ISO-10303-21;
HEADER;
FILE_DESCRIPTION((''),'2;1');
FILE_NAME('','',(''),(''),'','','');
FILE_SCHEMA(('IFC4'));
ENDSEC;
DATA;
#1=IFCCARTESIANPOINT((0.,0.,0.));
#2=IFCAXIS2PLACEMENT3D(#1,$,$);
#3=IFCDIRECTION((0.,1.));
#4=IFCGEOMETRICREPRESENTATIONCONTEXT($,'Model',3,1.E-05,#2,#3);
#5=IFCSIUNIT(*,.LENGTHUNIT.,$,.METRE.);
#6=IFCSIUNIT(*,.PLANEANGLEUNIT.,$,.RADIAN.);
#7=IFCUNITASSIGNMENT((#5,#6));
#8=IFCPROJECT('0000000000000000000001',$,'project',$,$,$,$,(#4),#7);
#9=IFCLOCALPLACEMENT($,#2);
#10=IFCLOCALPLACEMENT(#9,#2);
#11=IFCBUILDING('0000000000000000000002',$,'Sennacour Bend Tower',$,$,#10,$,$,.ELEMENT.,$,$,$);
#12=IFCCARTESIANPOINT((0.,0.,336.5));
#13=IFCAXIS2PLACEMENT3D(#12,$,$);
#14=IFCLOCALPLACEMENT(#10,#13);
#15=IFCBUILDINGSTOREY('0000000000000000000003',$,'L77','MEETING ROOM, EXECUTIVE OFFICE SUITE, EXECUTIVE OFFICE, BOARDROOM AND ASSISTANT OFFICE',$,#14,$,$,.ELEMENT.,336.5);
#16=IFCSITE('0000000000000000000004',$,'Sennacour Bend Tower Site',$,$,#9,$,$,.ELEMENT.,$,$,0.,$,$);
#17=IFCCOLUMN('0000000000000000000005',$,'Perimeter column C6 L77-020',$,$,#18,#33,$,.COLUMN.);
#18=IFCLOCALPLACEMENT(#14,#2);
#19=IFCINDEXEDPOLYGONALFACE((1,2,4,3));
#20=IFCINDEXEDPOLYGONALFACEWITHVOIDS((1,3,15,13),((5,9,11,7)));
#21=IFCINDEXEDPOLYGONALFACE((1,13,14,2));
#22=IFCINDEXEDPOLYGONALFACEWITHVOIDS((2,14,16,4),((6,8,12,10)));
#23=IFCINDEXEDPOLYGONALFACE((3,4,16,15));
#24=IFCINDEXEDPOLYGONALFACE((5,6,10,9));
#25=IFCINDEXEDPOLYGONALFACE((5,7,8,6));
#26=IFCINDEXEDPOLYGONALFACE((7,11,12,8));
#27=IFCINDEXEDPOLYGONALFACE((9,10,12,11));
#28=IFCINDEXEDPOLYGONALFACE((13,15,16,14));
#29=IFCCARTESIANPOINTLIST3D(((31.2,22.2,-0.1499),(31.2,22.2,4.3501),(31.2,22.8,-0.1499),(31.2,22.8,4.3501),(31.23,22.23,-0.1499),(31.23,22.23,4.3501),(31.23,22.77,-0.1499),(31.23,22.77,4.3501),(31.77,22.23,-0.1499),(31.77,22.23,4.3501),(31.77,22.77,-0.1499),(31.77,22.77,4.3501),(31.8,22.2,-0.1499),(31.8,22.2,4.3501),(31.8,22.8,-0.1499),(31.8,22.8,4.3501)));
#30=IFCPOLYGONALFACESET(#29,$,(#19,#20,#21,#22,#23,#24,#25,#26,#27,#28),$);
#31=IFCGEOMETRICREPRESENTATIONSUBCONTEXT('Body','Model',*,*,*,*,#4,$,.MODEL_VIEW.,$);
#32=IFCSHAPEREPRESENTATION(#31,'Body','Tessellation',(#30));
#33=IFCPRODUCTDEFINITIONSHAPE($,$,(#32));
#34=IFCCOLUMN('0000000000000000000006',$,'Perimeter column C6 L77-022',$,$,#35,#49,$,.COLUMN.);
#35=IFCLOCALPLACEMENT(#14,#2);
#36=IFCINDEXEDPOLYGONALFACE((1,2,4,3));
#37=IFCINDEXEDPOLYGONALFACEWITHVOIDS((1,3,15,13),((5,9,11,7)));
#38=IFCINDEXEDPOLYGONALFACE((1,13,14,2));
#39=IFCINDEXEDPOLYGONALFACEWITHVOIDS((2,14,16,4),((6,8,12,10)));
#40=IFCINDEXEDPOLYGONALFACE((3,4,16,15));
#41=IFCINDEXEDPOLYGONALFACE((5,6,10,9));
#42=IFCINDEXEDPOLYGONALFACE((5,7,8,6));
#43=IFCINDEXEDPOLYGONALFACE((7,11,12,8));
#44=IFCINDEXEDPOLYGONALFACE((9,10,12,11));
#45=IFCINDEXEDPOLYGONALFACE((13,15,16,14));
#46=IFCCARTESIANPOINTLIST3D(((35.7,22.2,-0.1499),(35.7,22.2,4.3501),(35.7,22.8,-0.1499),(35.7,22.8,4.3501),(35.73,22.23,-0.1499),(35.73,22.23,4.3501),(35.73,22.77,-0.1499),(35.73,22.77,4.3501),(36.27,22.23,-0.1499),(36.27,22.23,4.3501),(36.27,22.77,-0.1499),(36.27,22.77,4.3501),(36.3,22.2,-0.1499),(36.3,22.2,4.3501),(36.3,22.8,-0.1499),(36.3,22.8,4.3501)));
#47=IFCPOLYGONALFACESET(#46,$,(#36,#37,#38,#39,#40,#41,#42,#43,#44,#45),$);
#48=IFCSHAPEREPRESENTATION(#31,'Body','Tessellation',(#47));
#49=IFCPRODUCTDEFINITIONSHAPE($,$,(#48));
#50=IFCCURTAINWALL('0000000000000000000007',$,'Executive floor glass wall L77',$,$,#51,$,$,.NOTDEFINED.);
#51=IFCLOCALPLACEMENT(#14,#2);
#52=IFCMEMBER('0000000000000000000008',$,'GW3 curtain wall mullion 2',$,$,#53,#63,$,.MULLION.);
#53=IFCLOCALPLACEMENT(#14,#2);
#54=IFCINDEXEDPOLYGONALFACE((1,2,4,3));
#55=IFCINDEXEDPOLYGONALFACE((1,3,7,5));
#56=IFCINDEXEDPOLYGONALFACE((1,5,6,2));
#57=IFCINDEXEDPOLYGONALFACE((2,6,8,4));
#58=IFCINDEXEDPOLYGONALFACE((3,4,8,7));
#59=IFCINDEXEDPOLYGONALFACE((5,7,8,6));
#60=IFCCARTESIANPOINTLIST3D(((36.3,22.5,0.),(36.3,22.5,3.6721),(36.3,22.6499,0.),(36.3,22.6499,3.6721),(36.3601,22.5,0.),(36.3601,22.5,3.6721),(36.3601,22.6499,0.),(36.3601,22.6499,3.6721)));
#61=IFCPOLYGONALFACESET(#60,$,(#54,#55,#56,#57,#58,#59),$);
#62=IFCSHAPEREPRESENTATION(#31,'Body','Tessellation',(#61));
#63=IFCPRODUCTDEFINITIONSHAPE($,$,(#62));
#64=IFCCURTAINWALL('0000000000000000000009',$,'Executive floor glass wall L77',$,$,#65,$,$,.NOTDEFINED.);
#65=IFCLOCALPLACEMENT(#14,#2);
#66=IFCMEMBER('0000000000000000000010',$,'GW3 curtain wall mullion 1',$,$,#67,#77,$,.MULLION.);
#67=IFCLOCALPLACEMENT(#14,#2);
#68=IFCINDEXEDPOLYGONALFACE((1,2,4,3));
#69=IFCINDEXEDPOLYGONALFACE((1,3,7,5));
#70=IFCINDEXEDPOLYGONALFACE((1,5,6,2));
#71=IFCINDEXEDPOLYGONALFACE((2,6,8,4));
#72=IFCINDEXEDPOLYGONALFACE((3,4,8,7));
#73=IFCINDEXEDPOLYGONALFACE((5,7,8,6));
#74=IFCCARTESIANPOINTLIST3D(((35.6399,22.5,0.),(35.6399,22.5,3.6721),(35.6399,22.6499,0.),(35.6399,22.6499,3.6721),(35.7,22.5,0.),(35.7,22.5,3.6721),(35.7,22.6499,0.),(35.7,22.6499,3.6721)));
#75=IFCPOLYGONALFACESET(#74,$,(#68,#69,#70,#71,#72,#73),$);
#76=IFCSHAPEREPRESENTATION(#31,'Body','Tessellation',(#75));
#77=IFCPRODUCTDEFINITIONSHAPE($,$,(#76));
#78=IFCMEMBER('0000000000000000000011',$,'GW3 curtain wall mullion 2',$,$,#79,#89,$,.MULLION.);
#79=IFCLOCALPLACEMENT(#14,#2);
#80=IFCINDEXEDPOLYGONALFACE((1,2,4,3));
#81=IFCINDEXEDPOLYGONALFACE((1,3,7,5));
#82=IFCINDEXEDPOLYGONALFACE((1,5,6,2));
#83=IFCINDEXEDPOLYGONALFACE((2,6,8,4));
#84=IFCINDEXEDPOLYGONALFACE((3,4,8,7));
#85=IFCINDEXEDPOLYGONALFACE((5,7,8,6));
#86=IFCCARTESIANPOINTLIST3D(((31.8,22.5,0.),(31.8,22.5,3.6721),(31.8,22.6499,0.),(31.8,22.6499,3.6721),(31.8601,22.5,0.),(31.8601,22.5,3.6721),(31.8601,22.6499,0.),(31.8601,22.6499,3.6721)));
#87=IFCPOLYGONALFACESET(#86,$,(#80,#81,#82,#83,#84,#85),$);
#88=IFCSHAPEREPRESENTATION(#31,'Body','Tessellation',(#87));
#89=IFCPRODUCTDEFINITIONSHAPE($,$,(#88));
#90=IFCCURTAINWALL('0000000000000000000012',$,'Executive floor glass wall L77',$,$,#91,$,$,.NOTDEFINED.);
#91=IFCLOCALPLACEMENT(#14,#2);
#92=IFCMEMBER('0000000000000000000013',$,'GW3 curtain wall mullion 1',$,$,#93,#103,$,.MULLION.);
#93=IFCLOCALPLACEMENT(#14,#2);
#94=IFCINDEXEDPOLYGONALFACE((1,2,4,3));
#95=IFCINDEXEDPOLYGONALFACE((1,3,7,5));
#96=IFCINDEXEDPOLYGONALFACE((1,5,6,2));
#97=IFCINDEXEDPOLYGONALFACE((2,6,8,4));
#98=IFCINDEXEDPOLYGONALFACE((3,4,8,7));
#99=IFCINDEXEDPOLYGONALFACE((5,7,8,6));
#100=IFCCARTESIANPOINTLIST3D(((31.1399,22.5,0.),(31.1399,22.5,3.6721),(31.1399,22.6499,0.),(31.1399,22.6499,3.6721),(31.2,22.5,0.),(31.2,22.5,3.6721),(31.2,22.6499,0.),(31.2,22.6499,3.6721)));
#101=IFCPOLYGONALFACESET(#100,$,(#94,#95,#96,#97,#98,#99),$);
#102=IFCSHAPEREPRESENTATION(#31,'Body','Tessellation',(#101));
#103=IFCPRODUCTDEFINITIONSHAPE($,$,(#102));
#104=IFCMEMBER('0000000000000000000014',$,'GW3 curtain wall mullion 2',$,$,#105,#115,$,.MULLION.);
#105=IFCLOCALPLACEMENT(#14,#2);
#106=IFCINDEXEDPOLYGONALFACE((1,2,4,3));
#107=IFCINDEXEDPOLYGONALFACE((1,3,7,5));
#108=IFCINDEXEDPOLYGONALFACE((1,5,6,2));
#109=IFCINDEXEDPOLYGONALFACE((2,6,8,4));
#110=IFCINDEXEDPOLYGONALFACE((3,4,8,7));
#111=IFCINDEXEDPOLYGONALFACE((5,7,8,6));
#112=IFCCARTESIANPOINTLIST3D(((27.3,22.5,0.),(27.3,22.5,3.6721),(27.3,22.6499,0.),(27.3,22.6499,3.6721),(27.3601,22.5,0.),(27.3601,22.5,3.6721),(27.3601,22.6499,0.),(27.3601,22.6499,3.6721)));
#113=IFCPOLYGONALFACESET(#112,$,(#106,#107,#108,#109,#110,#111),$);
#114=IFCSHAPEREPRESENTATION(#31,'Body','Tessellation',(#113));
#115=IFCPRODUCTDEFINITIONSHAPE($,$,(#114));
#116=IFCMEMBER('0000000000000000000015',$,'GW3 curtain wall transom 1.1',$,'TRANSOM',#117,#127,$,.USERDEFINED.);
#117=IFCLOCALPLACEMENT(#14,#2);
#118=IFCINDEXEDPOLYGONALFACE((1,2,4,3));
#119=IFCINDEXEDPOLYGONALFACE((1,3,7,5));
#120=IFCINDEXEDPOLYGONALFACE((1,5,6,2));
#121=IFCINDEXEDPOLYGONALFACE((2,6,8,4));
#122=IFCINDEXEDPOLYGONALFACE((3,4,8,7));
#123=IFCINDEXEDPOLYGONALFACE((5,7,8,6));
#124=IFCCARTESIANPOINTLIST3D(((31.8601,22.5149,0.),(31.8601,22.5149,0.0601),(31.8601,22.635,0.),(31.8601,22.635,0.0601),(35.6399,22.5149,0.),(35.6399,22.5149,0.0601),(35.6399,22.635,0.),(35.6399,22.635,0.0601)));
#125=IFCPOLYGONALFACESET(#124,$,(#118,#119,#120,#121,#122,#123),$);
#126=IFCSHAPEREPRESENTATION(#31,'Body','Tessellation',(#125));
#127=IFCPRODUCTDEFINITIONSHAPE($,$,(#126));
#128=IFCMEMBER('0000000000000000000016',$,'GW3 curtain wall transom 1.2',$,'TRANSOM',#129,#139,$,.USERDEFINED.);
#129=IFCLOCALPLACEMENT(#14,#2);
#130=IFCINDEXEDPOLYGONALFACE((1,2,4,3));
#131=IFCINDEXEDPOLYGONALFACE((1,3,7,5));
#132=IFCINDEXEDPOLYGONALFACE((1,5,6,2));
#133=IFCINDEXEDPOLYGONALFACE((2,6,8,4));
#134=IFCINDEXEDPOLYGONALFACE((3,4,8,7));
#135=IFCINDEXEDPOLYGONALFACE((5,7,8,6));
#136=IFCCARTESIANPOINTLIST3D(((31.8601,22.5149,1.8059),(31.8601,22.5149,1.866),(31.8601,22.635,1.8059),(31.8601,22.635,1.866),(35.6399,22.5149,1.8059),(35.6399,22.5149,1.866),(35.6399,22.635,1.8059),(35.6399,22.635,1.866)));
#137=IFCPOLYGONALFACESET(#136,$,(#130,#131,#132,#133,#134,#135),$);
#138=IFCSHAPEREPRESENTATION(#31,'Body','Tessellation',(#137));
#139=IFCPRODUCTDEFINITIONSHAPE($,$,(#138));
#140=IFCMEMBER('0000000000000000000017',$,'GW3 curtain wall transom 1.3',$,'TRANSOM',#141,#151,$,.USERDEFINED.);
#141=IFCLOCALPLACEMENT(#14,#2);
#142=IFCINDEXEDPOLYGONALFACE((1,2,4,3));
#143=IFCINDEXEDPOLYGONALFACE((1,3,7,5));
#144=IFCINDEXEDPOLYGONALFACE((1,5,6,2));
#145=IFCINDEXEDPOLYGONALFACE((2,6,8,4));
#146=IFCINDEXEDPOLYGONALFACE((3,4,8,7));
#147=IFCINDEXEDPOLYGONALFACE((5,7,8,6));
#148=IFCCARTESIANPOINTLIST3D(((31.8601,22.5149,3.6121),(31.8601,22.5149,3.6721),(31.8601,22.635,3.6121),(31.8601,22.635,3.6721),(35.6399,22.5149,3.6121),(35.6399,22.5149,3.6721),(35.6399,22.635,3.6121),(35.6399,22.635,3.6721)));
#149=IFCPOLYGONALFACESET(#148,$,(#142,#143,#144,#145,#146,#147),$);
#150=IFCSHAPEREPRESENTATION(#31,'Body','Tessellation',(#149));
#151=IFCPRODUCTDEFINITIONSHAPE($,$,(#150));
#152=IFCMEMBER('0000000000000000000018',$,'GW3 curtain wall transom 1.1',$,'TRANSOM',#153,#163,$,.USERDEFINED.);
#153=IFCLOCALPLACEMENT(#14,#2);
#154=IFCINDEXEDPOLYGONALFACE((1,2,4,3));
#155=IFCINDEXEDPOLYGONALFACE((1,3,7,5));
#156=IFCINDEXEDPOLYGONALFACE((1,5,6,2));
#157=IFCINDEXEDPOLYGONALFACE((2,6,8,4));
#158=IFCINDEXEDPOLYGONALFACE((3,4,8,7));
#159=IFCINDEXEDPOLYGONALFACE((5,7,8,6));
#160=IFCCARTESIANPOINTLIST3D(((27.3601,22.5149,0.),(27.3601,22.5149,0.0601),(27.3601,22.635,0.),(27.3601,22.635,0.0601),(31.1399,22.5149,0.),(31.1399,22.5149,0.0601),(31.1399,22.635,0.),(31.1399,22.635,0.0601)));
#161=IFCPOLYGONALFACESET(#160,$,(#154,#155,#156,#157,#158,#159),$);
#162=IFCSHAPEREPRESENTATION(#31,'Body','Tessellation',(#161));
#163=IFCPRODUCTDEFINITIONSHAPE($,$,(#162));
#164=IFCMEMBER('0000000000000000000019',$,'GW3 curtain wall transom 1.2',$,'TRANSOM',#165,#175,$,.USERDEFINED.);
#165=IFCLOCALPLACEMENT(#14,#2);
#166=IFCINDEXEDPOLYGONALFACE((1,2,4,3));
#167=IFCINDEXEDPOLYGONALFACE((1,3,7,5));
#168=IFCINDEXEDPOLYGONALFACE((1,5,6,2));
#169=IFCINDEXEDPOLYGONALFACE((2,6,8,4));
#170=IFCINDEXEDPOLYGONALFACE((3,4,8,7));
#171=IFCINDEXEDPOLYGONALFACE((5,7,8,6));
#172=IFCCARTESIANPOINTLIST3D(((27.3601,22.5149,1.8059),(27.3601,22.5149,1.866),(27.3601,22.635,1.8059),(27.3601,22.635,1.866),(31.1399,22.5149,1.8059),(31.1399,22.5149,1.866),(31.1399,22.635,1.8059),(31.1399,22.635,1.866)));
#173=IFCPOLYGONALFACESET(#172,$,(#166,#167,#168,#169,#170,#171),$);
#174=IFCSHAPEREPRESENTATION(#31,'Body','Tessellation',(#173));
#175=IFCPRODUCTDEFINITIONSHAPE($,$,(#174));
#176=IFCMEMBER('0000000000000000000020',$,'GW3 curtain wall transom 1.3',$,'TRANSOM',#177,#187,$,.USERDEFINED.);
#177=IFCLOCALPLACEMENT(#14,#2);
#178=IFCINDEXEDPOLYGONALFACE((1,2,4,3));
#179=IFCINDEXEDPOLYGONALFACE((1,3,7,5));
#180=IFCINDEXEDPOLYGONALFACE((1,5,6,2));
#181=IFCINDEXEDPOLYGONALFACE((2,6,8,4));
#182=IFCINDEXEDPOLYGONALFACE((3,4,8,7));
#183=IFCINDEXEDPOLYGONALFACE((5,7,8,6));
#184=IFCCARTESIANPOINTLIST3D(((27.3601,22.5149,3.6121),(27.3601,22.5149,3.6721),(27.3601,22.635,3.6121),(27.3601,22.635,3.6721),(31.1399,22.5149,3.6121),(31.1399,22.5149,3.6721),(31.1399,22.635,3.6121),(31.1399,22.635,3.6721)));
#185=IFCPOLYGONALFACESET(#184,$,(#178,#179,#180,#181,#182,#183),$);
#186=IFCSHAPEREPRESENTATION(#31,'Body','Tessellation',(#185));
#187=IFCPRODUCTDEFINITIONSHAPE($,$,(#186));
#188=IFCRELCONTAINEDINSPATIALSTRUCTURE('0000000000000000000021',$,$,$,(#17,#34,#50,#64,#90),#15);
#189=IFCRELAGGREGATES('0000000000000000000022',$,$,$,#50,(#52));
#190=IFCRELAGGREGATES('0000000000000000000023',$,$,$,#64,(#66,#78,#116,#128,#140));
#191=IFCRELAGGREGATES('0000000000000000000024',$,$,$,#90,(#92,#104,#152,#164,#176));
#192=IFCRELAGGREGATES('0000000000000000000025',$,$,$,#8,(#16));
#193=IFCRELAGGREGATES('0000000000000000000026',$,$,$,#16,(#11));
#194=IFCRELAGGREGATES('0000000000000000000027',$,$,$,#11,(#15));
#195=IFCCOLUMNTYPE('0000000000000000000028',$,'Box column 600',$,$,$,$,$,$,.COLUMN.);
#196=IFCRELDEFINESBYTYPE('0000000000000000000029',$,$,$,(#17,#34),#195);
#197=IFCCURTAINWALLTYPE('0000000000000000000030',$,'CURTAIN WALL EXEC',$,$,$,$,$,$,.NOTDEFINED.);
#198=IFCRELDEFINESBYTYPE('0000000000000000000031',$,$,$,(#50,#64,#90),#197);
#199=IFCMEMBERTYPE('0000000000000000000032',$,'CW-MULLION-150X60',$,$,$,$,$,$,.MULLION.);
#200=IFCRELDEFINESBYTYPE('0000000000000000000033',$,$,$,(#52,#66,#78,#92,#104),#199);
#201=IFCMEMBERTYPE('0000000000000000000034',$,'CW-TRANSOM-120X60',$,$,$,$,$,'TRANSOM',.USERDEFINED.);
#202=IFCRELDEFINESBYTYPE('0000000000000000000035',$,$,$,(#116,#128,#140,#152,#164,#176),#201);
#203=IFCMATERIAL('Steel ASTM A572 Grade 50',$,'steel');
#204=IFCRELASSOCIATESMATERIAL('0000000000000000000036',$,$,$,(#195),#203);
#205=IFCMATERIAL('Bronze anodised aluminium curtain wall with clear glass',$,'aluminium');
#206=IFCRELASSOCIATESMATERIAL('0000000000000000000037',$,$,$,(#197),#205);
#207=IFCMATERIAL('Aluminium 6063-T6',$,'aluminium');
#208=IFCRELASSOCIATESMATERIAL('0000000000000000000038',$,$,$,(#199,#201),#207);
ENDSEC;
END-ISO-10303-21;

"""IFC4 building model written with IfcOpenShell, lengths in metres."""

from ifc_helpers import new_model, si_unit, direction, frame, origin, origin_2d, place, context, subcontext, project, spatial, rectangle, hollow_rectangle, extrude, material, material_profile, profile_set, type_object, element, aggregate, save


model = new_model("IFC4")

# Units and contexts
model_context = context("Model", 3, precision=1e-05, world=origin(), true_north=direction((0.0, 1.0)))
body_context = subcontext(model_context, "Body", "Model", "MODEL_VIEW")
ifc_project = project(units=[si_unit("LENGTHUNIT", "METRE"), si_unit("PLANEANGLEUNIT", "RADIAN")], contexts=[model_context])

# Site, building, storey
site_placement = place(None, origin())
site = spatial("IfcSite", under=ifc_project, at=site_placement, Name="Sennacour Bend Tower Site", CompositionType="ELEMENT", RefElevation=0.0)
building_placement = place(site_placement, origin())
building = spatial("IfcBuilding", under=site, at=building_placement, Name="Sennacour Bend Tower", CompositionType="ELEMENT")
storey_placement = place(building_placement, frame((0.0, 0.0, 336.5)))
storey = spatial("IfcBuildingStorey", under=building, at=storey_placement, Name="L77", Description="MEETING ROOM, EXECUTIVE OFFICE SUITE, EXECUTIVE OFFICE, BOARDROOM AND ASSISTANT OFFICE", CompositionType="ELEMENT", Elevation=336.5)

# Columns
ifc_material_1 = material(Name="Steel ASTM A572 Grade 50", Category="steel")
ifc_material_profile_1 = material_profile(ifc_material_1, hollow_rectangle(XDim=0.6001, YDim=0.6001, WallThickness=0.03, at=origin_2d()), Name="Steel ASTM A572 Grade 50", Category="steel")
ifc_profile_set_1 = profile_set([ifc_material_profile_1], Name="Steel ASTM A572 Grade 50")
column_type = type_object("IfcColumnType", Name="Box column 600", PredefinedType="COLUMN", material=ifc_profile_set_1)
for number, where, z_axis, x_axis, name in (
    (1, (31.5, 22.5, -0.1499), (0.0, 0.0, 1.0), (1.0, 0.0, 0.0), "Perimeter column C6 L77-020"),
    (2, (36.0, 22.5, -0.1499), (0.0, 0.0, 1.0), (1.0, 0.0, 0.0), "Perimeter column C6 L77-022"),
):
    element("IfcColumn", number, at=place(storey_placement, frame(where, z_axis=z_axis, x_axis=x_axis)), inside=storey, type_object=column_type, Name=name, PredefinedType="COLUMN", context=body_context, shape_type="SweptSolid", body=[
        extrude(hollow_rectangle(XDim=0.6001, YDim=0.6001, WallThickness=0.03, at=origin_2d()), origin(), (0.0, 0.0, 1.0), 4.5),
    ])

# Curtain wall, member
ifc_material_2 = material(Name="Bronze anodised aluminium curtain wall with clear glass", Category="aluminium")
curtain_wall_type = type_object("IfcCurtainWallType", Name="CURTAIN WALL EXEC", PredefinedType="NOTDEFINED", material=ifc_material_2)
curtain_wall_1_placement = place(storey_placement, origin())
curtain_wall_1 = element("IfcCurtainWall", 3, at=curtain_wall_1_placement, inside=storey, type_object=curtain_wall_type, Name="Executive floor glass wall L77", PredefinedType="NOTDEFINED")
ifc_material_3 = material(Name="Aluminium 6063-T6", Category="aluminium")
ifc_material_profile_2 = material_profile(ifc_material_3, rectangle(XDim=0.1499, YDim=0.0601, at=origin_2d()), Name="Aluminium 6063-T6", Category="aluminium")
ifc_profile_set_2 = profile_set([ifc_material_profile_2], Name="Aluminium 6063-T6")
member_type_1 = type_object("IfcMemberType", Name="CW-MULLION-150X60", PredefinedType="MULLION", material=ifc_profile_set_2)
member_1_placement = place(storey_placement, frame((36.3301, 22.575, 0.0), z_axis=(0.0, 0.0, 1.0), x_axis=(0.0, -1.0, 0.0)))
member_1 = element("IfcMember", 4, at=member_1_placement, type_object=member_type_1, Name="GW3 curtain wall mullion 2", PredefinedType="MULLION", context=body_context, shape_type="SweptSolid", body=[
    extrude(rectangle(XDim=0.1499, YDim=0.0601, at=origin_2d()), origin(), (0.0, 0.0, 1.0), 3.6721),
])

# Curtain walls, members
curtain_wall_2_placement = place(storey_placement, origin())
curtain_wall_2 = element("IfcCurtainWall", 5, at=curtain_wall_2_placement, inside=storey, type_object=curtain_wall_type, Name="Executive floor glass wall L77", PredefinedType="NOTDEFINED")
member_2_placement = place(storey_placement, frame((35.6699, 22.575, 0.0), z_axis=(0.0, 0.0, 1.0), x_axis=(0.0, -1.0, 0.0)))
member_2 = element("IfcMember", 6, at=member_2_placement, type_object=member_type_1, Name="GW3 curtain wall mullion 1", PredefinedType="MULLION", context=body_context, shape_type="SweptSolid", body=[
    extrude(rectangle(XDim=0.1499, YDim=0.0601, at=origin_2d()), origin(), (0.0, 0.0, 1.0), 3.6721),
])
member_3_placement = place(storey_placement, frame((31.8301, 22.575, 0.0), z_axis=(0.0, 0.0, 1.0), x_axis=(0.0, -1.0, 0.0)))
member_3 = element("IfcMember", 7, at=member_3_placement, type_object=member_type_1, Name="GW3 curtain wall mullion 2", PredefinedType="MULLION", context=body_context, shape_type="SweptSolid", body=[
    extrude(rectangle(XDim=0.1499, YDim=0.0601, at=origin_2d()), origin(), (0.0, 0.0, 1.0), 3.6721),
])
curtain_wall_3_placement = place(storey_placement, origin())
curtain_wall_3 = element("IfcCurtainWall", 8, at=curtain_wall_3_placement, inside=storey, type_object=curtain_wall_type, Name="Executive floor glass wall L77", PredefinedType="NOTDEFINED")
member_4_placement = place(storey_placement, frame((31.1699, 22.575, 0.0), z_axis=(0.0, 0.0, 1.0), x_axis=(0.0, -1.0, 0.0)))
member_4 = element("IfcMember", 9, at=member_4_placement, type_object=member_type_1, Name="GW3 curtain wall mullion 1", PredefinedType="MULLION", context=body_context, shape_type="SweptSolid", body=[
    extrude(rectangle(XDim=0.1499, YDim=0.0601, at=origin_2d()), origin(), (0.0, 0.0, 1.0), 3.6721),
])
member_5_placement = place(storey_placement, frame((27.3301, 22.575, 0.0), z_axis=(0.0, 0.0, 1.0), x_axis=(0.0, -1.0, 0.0)))
member_5 = element("IfcMember", 10, at=member_5_placement, type_object=member_type_1, Name="GW3 curtain wall mullion 2", PredefinedType="MULLION", context=body_context, shape_type="SweptSolid", body=[
    extrude(rectangle(XDim=0.1499, YDim=0.0601, at=origin_2d()), origin(), (0.0, 0.0, 1.0), 3.6721),
])

# Members
ifc_material_profile_3 = material_profile(ifc_material_3, rectangle(XDim=0.1201, YDim=0.0601, at=origin_2d()), Name="Aluminium 6063-T6", Category="aluminium")
ifc_profile_set_3 = profile_set([ifc_material_profile_3], Name="Aluminium 6063-T6")
member_type_2 = type_object("IfcMemberType", Name="CW-TRANSOM-120X60", ElementType="TRANSOM", PredefinedType="USERDEFINED", material=ifc_profile_set_3)
member_6_placement = place(storey_placement, frame((35.6399, 22.575, 0.03), z_axis=(-1.0, 0.0, 0.0), x_axis=(0.0, -1.0, 0.0)))
member_6 = element("IfcMember", 11, at=member_6_placement, type_object=member_type_2, Name="GW3 curtain wall transom 1.1", ObjectType="TRANSOM", PredefinedType="USERDEFINED", context=body_context, shape_type="SweptSolid", body=[
    extrude(rectangle(XDim=0.1201, YDim=0.0601, at=origin_2d()), origin(), (0.0, 0.0, 1.0), 3.7798),
])
member_7_placement = place(storey_placement, frame((35.6399, 22.575, 1.8359), z_axis=(-1.0, 0.0, 0.0), x_axis=(0.0, -1.0, 0.0)))
member_7 = element("IfcMember", 12, at=member_7_placement, type_object=member_type_2, Name="GW3 curtain wall transom 1.2", ObjectType="TRANSOM", PredefinedType="USERDEFINED", context=body_context, shape_type="SweptSolid", body=[
    extrude(rectangle(XDim=0.1201, YDim=0.0601, at=origin_2d()), origin(), (0.0, 0.0, 1.0), 3.7798),
])
member_8_placement = place(storey_placement, frame((35.6399, 22.575, 3.6421), z_axis=(-1.0, 0.0, 0.0), x_axis=(0.0, -1.0, 0.0)))
member_8 = element("IfcMember", 13, at=member_8_placement, type_object=member_type_2, Name="GW3 curtain wall transom 1.3", ObjectType="TRANSOM", PredefinedType="USERDEFINED", context=body_context, shape_type="SweptSolid", body=[
    extrude(rectangle(XDim=0.1201, YDim=0.0601, at=origin_2d()), origin(), (0.0, 0.0, 1.0), 3.7798),
])
member_9_placement = place(storey_placement, frame((31.1399, 22.575, 0.03), z_axis=(-1.0, 0.0, 0.0), x_axis=(0.0, -1.0, 0.0)))
member_9 = element("IfcMember", 14, at=member_9_placement, type_object=member_type_2, Name="GW3 curtain wall transom 1.1", ObjectType="TRANSOM", PredefinedType="USERDEFINED", context=body_context, shape_type="SweptSolid", body=[
    extrude(rectangle(XDim=0.1201, YDim=0.0601, at=origin_2d()), origin(), (0.0, 0.0, 1.0), 3.7798),
])
member_10_placement = place(storey_placement, frame((31.1399, 22.575, 1.8359), z_axis=(-1.0, 0.0, 0.0), x_axis=(0.0, -1.0, 0.0)))
member_10 = element("IfcMember", 15, at=member_10_placement, type_object=member_type_2, Name="GW3 curtain wall transom 1.2", ObjectType="TRANSOM", PredefinedType="USERDEFINED", context=body_context, shape_type="SweptSolid", body=[
    extrude(rectangle(XDim=0.1201, YDim=0.0601, at=origin_2d()), origin(), (0.0, 0.0, 1.0), 3.7798),
])
member_11_placement = place(storey_placement, frame((31.1399, 22.575, 3.6421), z_axis=(-1.0, 0.0, 0.0), x_axis=(0.0, -1.0, 0.0)))
member_11 = element("IfcMember", 16, at=member_11_placement, type_object=member_type_2, Name="GW3 curtain wall transom 1.3", ObjectType="TRANSOM", PredefinedType="USERDEFINED", context=body_context, shape_type="SweptSolid", body=[
    extrude(rectangle(XDim=0.1201, YDim=0.0601, at=origin_2d()), origin(), (0.0, 0.0, 1.0), 3.7798),
])

aggregate(curtain_wall_1, [member_1])
aggregate(curtain_wall_2, [member_2, member_3, member_6, member_7, member_8])
aggregate(curtain_wall_3, [member_4, member_5, member_9, member_10, member_11])

save(model, "model.ifc")
